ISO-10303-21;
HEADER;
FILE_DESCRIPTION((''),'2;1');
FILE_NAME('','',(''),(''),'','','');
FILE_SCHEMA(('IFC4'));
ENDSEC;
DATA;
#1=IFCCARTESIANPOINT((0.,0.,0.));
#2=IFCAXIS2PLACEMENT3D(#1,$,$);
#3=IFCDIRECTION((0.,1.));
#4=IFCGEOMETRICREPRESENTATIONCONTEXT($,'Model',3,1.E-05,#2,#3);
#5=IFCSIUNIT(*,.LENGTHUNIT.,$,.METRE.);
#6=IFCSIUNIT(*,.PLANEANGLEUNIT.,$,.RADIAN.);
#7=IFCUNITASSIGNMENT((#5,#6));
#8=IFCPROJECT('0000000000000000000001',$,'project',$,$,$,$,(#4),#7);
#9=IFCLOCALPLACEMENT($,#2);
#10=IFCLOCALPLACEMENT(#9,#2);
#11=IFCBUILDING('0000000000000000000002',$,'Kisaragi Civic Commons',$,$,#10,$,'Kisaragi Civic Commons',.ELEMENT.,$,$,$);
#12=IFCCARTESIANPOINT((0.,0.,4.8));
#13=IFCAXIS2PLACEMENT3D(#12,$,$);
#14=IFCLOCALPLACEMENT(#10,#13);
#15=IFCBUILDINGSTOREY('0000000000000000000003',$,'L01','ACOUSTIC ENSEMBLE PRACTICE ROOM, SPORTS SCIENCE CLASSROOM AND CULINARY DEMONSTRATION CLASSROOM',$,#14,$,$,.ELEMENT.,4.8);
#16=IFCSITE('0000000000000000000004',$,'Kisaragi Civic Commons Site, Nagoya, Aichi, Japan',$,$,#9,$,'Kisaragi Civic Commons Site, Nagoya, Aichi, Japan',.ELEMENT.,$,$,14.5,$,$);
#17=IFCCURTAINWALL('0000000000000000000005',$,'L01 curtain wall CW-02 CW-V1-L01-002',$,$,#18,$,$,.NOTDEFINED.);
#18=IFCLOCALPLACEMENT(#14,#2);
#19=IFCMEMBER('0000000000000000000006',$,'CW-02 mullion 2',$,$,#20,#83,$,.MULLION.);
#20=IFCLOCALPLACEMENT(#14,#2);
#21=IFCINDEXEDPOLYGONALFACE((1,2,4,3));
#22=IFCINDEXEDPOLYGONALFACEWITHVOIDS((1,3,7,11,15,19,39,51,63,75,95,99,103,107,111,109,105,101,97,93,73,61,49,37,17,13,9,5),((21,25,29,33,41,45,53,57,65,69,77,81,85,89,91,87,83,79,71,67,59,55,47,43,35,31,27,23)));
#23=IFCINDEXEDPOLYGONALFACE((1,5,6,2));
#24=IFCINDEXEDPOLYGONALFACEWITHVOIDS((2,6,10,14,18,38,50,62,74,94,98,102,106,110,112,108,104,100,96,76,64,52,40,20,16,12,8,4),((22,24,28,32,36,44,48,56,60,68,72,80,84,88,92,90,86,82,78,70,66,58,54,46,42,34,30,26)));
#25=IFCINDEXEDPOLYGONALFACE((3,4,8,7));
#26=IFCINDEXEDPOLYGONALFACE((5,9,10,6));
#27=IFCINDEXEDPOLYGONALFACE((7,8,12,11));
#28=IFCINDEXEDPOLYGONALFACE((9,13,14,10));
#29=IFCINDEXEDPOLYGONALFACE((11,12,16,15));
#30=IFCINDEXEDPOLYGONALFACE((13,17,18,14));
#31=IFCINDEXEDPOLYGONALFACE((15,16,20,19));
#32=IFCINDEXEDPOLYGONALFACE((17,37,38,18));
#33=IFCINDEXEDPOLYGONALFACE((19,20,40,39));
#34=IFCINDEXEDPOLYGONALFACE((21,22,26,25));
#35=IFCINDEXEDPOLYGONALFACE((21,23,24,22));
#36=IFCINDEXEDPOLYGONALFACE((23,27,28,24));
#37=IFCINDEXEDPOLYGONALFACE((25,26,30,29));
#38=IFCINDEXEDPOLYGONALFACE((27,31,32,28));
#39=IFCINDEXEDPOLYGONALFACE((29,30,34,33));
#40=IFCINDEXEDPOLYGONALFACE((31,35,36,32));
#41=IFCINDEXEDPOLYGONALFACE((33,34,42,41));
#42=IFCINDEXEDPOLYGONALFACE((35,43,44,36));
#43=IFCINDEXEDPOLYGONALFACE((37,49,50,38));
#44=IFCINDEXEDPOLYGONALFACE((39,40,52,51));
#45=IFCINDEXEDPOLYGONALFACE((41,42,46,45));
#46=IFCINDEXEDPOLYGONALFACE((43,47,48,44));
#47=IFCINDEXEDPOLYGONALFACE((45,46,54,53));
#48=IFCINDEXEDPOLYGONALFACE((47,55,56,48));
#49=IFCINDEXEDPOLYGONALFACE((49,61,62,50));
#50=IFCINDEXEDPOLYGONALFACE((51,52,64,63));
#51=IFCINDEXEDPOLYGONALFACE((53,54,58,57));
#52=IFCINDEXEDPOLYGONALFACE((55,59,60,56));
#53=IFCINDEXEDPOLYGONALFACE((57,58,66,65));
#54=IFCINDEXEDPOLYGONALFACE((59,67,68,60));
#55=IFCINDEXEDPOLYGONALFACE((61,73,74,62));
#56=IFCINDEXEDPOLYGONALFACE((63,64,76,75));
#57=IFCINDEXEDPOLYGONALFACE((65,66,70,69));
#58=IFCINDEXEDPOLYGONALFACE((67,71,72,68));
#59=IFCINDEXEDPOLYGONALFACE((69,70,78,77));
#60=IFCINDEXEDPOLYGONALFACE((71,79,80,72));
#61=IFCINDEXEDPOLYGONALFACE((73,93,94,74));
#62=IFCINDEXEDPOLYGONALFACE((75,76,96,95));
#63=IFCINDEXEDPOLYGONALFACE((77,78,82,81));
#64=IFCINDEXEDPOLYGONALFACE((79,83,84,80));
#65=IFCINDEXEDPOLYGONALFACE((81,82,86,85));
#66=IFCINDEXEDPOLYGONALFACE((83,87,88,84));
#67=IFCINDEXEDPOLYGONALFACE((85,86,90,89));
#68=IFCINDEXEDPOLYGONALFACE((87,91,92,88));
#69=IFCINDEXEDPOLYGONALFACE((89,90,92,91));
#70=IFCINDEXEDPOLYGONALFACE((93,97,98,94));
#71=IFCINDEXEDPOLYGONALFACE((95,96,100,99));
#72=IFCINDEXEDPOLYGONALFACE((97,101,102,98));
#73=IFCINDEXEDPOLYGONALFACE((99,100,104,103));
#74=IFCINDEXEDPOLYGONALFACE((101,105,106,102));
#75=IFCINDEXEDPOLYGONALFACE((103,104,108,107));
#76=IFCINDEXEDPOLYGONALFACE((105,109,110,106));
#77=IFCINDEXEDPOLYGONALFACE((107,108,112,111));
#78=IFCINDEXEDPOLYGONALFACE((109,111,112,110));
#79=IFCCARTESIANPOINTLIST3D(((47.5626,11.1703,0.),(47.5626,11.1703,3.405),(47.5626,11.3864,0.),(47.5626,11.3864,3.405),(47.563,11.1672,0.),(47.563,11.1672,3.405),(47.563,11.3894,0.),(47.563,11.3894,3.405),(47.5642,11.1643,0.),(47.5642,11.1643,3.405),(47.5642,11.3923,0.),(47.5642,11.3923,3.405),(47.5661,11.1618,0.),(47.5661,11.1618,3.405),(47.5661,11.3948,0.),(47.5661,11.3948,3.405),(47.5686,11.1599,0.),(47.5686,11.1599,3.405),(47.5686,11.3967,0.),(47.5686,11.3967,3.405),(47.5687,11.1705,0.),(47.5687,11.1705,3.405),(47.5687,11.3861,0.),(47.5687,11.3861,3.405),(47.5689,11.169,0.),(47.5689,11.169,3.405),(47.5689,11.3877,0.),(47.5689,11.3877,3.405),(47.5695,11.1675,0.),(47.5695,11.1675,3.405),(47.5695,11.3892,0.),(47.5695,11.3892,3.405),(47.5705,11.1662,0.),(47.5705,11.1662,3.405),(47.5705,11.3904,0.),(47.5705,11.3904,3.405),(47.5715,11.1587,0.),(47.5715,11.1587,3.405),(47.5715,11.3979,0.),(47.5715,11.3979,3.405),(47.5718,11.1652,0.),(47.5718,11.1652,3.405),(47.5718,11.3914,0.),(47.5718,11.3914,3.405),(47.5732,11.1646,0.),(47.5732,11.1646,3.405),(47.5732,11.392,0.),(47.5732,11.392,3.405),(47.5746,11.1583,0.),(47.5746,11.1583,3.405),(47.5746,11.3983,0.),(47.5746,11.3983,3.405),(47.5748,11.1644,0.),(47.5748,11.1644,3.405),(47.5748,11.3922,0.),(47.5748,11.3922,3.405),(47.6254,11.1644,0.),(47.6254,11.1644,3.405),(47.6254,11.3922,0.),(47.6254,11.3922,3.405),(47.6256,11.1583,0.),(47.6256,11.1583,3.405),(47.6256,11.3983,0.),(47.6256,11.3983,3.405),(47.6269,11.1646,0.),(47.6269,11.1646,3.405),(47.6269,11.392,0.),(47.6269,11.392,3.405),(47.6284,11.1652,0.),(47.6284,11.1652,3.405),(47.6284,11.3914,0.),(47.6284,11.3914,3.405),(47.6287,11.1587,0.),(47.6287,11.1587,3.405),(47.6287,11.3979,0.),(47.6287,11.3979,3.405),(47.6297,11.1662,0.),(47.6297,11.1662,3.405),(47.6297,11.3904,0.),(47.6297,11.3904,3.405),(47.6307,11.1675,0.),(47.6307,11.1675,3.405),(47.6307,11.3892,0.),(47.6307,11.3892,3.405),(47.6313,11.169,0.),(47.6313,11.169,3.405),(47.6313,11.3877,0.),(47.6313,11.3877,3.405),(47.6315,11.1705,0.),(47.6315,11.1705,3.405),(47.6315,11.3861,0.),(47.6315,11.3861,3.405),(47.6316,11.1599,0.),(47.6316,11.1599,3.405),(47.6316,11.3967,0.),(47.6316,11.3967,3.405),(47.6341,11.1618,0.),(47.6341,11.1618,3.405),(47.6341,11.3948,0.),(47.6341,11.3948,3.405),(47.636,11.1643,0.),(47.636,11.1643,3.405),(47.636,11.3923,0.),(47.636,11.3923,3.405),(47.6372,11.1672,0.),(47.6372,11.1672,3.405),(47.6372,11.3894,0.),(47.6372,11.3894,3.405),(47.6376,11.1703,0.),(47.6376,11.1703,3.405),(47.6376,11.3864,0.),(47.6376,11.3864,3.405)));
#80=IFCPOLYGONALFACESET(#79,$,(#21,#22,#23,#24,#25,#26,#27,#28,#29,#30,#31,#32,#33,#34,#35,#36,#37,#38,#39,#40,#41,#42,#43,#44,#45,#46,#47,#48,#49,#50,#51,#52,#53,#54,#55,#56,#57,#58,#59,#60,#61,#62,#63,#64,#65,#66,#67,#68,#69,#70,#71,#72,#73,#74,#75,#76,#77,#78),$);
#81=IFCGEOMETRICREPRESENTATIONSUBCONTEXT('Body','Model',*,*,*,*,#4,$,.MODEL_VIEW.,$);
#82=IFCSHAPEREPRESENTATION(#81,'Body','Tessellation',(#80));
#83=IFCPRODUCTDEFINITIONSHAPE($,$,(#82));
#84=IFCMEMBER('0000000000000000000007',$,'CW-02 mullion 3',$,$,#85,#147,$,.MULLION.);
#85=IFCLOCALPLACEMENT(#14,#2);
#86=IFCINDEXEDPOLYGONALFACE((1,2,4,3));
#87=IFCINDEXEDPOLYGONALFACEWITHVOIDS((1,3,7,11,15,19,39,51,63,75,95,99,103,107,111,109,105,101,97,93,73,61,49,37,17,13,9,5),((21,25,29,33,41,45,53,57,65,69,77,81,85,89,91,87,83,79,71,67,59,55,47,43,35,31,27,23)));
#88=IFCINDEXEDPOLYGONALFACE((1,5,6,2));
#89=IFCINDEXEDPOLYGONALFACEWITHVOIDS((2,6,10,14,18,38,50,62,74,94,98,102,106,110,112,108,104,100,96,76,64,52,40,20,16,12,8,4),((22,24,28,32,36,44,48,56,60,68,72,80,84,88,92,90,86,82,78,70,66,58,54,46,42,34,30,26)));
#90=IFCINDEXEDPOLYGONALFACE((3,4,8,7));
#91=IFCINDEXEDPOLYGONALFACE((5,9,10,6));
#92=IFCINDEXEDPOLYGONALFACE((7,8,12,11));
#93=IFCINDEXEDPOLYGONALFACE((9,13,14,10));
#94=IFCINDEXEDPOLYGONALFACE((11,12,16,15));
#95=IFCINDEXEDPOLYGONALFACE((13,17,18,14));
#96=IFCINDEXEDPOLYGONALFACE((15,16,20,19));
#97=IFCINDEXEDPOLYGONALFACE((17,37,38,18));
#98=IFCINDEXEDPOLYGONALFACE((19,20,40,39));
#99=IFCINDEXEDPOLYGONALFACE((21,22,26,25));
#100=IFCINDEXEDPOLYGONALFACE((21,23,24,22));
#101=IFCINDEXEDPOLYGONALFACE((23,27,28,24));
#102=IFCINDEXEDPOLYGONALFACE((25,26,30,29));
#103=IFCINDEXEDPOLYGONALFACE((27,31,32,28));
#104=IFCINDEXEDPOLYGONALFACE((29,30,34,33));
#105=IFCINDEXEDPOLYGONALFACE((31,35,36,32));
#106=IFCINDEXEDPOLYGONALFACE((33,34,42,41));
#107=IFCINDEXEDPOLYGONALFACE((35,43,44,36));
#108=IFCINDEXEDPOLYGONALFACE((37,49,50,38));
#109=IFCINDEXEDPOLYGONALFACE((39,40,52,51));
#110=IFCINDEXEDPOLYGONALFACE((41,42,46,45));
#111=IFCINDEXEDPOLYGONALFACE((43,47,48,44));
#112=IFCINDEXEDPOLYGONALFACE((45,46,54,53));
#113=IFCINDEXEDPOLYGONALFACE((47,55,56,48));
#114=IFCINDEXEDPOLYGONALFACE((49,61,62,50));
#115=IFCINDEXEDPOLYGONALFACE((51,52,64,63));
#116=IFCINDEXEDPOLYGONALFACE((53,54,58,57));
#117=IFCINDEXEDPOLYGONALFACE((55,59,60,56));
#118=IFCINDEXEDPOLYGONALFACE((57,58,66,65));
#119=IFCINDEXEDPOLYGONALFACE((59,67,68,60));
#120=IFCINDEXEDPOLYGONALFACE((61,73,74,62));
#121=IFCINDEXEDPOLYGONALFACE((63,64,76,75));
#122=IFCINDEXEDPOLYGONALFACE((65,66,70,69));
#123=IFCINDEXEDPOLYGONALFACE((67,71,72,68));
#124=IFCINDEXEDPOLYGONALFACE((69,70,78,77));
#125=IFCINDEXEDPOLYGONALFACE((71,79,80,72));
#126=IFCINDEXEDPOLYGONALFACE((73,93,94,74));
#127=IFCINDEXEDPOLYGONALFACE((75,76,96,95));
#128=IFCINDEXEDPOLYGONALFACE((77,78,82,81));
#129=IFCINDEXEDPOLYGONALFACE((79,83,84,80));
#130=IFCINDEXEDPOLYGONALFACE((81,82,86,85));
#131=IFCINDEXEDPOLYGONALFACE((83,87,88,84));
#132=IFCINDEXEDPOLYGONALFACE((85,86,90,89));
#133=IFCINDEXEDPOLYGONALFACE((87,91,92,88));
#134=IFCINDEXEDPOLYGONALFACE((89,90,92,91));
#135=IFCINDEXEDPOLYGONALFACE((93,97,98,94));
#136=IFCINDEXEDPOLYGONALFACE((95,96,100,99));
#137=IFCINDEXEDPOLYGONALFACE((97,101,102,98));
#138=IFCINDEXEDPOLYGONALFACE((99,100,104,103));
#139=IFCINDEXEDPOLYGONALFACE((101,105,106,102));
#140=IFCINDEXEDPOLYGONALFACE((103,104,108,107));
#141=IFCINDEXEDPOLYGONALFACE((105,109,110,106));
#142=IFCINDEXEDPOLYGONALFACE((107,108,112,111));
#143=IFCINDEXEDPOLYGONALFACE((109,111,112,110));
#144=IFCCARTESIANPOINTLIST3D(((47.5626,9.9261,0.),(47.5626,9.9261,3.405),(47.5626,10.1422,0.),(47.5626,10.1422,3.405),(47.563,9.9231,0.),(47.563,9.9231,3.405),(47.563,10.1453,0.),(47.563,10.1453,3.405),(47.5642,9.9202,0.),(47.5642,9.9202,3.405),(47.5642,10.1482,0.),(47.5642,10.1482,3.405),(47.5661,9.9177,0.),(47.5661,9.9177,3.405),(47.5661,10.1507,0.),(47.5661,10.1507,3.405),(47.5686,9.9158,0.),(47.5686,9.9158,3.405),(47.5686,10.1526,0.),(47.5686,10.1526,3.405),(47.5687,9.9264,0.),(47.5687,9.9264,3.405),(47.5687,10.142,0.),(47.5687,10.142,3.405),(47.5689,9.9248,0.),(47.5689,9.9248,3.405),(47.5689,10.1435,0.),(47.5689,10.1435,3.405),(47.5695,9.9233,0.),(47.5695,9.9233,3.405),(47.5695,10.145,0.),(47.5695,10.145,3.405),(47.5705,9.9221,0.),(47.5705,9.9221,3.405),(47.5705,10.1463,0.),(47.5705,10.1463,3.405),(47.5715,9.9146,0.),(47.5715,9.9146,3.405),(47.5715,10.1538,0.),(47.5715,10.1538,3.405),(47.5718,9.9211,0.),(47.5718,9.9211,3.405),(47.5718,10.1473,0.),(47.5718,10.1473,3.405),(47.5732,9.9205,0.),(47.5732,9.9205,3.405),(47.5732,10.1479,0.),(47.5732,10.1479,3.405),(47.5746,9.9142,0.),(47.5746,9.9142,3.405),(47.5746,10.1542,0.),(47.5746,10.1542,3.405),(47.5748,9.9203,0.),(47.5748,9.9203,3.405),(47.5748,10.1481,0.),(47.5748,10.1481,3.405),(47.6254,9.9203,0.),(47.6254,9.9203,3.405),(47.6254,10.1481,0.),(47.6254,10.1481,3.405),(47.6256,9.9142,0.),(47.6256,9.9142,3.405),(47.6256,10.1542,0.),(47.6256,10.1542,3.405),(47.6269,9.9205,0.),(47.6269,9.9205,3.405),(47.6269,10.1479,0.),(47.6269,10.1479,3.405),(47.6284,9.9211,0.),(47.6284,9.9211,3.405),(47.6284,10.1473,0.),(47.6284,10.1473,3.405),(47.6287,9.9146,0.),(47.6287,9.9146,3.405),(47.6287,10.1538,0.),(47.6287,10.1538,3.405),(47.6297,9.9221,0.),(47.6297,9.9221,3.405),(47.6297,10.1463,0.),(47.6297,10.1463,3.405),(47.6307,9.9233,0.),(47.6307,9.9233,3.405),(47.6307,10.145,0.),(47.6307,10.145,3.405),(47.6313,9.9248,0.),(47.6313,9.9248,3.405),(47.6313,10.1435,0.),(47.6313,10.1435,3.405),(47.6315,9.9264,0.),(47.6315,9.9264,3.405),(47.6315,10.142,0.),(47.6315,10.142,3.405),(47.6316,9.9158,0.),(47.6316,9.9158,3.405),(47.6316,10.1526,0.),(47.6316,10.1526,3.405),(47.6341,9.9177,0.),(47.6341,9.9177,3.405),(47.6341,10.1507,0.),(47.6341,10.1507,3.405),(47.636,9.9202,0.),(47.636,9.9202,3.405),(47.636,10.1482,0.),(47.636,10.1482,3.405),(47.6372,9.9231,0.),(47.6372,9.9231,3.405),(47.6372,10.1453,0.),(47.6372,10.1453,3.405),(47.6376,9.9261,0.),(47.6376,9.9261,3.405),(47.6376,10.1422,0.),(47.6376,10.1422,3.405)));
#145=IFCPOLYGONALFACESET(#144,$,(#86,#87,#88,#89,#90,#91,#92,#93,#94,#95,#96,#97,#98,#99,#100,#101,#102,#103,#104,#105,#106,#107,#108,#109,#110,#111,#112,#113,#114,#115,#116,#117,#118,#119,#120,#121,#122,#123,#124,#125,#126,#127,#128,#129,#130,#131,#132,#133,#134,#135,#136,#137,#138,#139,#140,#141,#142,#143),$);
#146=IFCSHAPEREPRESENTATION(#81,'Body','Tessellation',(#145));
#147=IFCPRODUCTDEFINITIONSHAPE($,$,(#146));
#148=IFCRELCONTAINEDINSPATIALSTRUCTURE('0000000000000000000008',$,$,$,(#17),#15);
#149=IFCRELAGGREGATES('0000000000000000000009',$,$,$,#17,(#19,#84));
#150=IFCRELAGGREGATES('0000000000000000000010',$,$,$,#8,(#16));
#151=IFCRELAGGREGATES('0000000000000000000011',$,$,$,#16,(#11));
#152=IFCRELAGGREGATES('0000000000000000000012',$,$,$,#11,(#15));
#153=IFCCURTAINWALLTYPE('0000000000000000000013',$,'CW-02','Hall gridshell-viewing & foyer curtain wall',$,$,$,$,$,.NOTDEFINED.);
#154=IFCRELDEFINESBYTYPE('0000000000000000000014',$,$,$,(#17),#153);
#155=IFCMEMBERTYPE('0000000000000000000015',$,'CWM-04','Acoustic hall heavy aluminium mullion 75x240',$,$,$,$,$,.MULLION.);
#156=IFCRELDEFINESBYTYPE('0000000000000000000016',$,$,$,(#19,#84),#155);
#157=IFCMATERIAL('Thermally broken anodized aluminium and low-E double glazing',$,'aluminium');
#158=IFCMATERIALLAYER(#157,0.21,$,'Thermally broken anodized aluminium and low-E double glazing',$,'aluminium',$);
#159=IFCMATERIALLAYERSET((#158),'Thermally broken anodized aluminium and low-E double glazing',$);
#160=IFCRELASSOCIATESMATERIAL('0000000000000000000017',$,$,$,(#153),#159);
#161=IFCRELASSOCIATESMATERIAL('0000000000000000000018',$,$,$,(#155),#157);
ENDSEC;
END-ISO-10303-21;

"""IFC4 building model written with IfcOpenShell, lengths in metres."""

from ifc_helpers import new_model, si_unit, direction, frame, origin, origin_2d, place, context, subcontext, project, spatial, hollow_rectangle, extrude, material, layer, layer_set, material_profile, profile_set, type_object, element, aggregate, save


model = new_model("IFC4")

# Units and contexts
model_context = context("Model", 3, precision=1e-05, world=origin(), true_north=direction((0.0, 1.0)))
body_context = subcontext(model_context, "Body", "Model", "MODEL_VIEW")
ifc_project = project(units=[si_unit("LENGTHUNIT", "METRE"), si_unit("PLANEANGLEUNIT", "RADIAN")], contexts=[model_context])

# Site, building, storey
site_placement = place(None, origin())
site = spatial("IfcSite", under=ifc_project, at=site_placement, Name="Kisaragi Civic Commons Site, Nagoya, Aichi, Japan", LongName="Kisaragi Civic Commons Site, Nagoya, Aichi, Japan", CompositionType="ELEMENT", RefElevation=14.5)
building_placement = place(site_placement, origin())
building = spatial("IfcBuilding", under=site, at=building_placement, Name="Kisaragi Civic Commons", LongName="Kisaragi Civic Commons", CompositionType="ELEMENT")
storey_placement = place(building_placement, frame((0.0, 0.0, 4.8)))
storey = spatial("IfcBuildingStorey", under=building, at=storey_placement, Name="L01", Description="ACOUSTIC ENSEMBLE PRACTICE ROOM, SPORTS SCIENCE CLASSROOM AND CULINARY DEMONSTRATION CLASSROOM", CompositionType="ELEMENT", Elevation=4.8)

# Curtain wall, members
ifc_material_1 = material(Name="Thermally broken anodized aluminium and low-E double glazing", Category="aluminium")
ifc_layer_1 = layer(ifc_material_1, 0.21, Name="Thermally broken anodized aluminium and low-E double glazing", Category="aluminium")
ifc_layer_set_1 = layer_set([ifc_layer_1], Name="Thermally broken anodized aluminium and low-E double glazing")
curtain_wall_type = type_object("IfcCurtainWallType", Name="CW-02", Description="Hall gridshell-viewing & foyer curtain wall", PredefinedType="NOTDEFINED", material=ifc_layer_set_1)
curtain_wall_placement = place(storey_placement, origin())
curtain_wall = element("IfcCurtainWall", 1, at=curtain_wall_placement, inside=storey, type_object=curtain_wall_type, Name="L01 curtain wall CW-02 CW-V1-L01-002", PredefinedType="NOTDEFINED")
ifc_material_profile_1 = material_profile(ifc_material_1, hollow_rectangle(XDim=0.075, YDim=0.24, WallThickness=0.0061, InnerFilletRadius=0.0061, OuterFilletRadius=0.012, at=origin_2d()), Name="CWM-75x240x6", Category="aluminium")
ifc_profile_set_1 = profile_set([ifc_material_profile_1], Name="Thermally broken anodized aluminium and low-E double glazing")
member_type_1 = type_object("IfcMemberType", Name="CWM-04", Description="Acoustic hall heavy aluminium mullion 75x240", PredefinedType="MULLION", material=ifc_profile_set_1)
member_1_placement = place(storey_placement, frame((47.6001, 11.2783, 0.0), z_axis=(0.0, 0.0, 1.0), x_axis=(1.0, 0.0, 0.0)))
member_1 = element("IfcMember", 2, at=member_1_placement, type_object=member_type_1, Name="CW-02 mullion 2", PredefinedType="MULLION", context=body_context, shape_type="SweptSolid", body=[
    extrude(hollow_rectangle(XDim=0.075, YDim=0.24, WallThickness=0.0061, InnerFilletRadius=0.0061, OuterFilletRadius=0.012, at=origin_2d()), origin(), (0.0, 0.0, 1.0), 3.405),
])
member_2_placement = place(storey_placement, frame((47.6001, 10.0342, 0.0), z_axis=(0.0, 0.0, 1.0), x_axis=(1.0, 0.0, 0.0)))
member_2 = element("IfcMember", 3, at=member_2_placement, type_object=member_type_1, Name="CW-02 mullion 3", PredefinedType="MULLION", context=body_context, shape_type="SweptSolid", body=[
    extrude(hollow_rectangle(XDim=0.075, YDim=0.24, WallThickness=0.0061, InnerFilletRadius=0.0061, OuterFilletRadius=0.012, at=origin_2d()), origin(), (0.0, 0.0, 1.0), 3.405),
])

aggregate(curtain_wall, [member_1, member_2])

save(model, "model.ifc")
